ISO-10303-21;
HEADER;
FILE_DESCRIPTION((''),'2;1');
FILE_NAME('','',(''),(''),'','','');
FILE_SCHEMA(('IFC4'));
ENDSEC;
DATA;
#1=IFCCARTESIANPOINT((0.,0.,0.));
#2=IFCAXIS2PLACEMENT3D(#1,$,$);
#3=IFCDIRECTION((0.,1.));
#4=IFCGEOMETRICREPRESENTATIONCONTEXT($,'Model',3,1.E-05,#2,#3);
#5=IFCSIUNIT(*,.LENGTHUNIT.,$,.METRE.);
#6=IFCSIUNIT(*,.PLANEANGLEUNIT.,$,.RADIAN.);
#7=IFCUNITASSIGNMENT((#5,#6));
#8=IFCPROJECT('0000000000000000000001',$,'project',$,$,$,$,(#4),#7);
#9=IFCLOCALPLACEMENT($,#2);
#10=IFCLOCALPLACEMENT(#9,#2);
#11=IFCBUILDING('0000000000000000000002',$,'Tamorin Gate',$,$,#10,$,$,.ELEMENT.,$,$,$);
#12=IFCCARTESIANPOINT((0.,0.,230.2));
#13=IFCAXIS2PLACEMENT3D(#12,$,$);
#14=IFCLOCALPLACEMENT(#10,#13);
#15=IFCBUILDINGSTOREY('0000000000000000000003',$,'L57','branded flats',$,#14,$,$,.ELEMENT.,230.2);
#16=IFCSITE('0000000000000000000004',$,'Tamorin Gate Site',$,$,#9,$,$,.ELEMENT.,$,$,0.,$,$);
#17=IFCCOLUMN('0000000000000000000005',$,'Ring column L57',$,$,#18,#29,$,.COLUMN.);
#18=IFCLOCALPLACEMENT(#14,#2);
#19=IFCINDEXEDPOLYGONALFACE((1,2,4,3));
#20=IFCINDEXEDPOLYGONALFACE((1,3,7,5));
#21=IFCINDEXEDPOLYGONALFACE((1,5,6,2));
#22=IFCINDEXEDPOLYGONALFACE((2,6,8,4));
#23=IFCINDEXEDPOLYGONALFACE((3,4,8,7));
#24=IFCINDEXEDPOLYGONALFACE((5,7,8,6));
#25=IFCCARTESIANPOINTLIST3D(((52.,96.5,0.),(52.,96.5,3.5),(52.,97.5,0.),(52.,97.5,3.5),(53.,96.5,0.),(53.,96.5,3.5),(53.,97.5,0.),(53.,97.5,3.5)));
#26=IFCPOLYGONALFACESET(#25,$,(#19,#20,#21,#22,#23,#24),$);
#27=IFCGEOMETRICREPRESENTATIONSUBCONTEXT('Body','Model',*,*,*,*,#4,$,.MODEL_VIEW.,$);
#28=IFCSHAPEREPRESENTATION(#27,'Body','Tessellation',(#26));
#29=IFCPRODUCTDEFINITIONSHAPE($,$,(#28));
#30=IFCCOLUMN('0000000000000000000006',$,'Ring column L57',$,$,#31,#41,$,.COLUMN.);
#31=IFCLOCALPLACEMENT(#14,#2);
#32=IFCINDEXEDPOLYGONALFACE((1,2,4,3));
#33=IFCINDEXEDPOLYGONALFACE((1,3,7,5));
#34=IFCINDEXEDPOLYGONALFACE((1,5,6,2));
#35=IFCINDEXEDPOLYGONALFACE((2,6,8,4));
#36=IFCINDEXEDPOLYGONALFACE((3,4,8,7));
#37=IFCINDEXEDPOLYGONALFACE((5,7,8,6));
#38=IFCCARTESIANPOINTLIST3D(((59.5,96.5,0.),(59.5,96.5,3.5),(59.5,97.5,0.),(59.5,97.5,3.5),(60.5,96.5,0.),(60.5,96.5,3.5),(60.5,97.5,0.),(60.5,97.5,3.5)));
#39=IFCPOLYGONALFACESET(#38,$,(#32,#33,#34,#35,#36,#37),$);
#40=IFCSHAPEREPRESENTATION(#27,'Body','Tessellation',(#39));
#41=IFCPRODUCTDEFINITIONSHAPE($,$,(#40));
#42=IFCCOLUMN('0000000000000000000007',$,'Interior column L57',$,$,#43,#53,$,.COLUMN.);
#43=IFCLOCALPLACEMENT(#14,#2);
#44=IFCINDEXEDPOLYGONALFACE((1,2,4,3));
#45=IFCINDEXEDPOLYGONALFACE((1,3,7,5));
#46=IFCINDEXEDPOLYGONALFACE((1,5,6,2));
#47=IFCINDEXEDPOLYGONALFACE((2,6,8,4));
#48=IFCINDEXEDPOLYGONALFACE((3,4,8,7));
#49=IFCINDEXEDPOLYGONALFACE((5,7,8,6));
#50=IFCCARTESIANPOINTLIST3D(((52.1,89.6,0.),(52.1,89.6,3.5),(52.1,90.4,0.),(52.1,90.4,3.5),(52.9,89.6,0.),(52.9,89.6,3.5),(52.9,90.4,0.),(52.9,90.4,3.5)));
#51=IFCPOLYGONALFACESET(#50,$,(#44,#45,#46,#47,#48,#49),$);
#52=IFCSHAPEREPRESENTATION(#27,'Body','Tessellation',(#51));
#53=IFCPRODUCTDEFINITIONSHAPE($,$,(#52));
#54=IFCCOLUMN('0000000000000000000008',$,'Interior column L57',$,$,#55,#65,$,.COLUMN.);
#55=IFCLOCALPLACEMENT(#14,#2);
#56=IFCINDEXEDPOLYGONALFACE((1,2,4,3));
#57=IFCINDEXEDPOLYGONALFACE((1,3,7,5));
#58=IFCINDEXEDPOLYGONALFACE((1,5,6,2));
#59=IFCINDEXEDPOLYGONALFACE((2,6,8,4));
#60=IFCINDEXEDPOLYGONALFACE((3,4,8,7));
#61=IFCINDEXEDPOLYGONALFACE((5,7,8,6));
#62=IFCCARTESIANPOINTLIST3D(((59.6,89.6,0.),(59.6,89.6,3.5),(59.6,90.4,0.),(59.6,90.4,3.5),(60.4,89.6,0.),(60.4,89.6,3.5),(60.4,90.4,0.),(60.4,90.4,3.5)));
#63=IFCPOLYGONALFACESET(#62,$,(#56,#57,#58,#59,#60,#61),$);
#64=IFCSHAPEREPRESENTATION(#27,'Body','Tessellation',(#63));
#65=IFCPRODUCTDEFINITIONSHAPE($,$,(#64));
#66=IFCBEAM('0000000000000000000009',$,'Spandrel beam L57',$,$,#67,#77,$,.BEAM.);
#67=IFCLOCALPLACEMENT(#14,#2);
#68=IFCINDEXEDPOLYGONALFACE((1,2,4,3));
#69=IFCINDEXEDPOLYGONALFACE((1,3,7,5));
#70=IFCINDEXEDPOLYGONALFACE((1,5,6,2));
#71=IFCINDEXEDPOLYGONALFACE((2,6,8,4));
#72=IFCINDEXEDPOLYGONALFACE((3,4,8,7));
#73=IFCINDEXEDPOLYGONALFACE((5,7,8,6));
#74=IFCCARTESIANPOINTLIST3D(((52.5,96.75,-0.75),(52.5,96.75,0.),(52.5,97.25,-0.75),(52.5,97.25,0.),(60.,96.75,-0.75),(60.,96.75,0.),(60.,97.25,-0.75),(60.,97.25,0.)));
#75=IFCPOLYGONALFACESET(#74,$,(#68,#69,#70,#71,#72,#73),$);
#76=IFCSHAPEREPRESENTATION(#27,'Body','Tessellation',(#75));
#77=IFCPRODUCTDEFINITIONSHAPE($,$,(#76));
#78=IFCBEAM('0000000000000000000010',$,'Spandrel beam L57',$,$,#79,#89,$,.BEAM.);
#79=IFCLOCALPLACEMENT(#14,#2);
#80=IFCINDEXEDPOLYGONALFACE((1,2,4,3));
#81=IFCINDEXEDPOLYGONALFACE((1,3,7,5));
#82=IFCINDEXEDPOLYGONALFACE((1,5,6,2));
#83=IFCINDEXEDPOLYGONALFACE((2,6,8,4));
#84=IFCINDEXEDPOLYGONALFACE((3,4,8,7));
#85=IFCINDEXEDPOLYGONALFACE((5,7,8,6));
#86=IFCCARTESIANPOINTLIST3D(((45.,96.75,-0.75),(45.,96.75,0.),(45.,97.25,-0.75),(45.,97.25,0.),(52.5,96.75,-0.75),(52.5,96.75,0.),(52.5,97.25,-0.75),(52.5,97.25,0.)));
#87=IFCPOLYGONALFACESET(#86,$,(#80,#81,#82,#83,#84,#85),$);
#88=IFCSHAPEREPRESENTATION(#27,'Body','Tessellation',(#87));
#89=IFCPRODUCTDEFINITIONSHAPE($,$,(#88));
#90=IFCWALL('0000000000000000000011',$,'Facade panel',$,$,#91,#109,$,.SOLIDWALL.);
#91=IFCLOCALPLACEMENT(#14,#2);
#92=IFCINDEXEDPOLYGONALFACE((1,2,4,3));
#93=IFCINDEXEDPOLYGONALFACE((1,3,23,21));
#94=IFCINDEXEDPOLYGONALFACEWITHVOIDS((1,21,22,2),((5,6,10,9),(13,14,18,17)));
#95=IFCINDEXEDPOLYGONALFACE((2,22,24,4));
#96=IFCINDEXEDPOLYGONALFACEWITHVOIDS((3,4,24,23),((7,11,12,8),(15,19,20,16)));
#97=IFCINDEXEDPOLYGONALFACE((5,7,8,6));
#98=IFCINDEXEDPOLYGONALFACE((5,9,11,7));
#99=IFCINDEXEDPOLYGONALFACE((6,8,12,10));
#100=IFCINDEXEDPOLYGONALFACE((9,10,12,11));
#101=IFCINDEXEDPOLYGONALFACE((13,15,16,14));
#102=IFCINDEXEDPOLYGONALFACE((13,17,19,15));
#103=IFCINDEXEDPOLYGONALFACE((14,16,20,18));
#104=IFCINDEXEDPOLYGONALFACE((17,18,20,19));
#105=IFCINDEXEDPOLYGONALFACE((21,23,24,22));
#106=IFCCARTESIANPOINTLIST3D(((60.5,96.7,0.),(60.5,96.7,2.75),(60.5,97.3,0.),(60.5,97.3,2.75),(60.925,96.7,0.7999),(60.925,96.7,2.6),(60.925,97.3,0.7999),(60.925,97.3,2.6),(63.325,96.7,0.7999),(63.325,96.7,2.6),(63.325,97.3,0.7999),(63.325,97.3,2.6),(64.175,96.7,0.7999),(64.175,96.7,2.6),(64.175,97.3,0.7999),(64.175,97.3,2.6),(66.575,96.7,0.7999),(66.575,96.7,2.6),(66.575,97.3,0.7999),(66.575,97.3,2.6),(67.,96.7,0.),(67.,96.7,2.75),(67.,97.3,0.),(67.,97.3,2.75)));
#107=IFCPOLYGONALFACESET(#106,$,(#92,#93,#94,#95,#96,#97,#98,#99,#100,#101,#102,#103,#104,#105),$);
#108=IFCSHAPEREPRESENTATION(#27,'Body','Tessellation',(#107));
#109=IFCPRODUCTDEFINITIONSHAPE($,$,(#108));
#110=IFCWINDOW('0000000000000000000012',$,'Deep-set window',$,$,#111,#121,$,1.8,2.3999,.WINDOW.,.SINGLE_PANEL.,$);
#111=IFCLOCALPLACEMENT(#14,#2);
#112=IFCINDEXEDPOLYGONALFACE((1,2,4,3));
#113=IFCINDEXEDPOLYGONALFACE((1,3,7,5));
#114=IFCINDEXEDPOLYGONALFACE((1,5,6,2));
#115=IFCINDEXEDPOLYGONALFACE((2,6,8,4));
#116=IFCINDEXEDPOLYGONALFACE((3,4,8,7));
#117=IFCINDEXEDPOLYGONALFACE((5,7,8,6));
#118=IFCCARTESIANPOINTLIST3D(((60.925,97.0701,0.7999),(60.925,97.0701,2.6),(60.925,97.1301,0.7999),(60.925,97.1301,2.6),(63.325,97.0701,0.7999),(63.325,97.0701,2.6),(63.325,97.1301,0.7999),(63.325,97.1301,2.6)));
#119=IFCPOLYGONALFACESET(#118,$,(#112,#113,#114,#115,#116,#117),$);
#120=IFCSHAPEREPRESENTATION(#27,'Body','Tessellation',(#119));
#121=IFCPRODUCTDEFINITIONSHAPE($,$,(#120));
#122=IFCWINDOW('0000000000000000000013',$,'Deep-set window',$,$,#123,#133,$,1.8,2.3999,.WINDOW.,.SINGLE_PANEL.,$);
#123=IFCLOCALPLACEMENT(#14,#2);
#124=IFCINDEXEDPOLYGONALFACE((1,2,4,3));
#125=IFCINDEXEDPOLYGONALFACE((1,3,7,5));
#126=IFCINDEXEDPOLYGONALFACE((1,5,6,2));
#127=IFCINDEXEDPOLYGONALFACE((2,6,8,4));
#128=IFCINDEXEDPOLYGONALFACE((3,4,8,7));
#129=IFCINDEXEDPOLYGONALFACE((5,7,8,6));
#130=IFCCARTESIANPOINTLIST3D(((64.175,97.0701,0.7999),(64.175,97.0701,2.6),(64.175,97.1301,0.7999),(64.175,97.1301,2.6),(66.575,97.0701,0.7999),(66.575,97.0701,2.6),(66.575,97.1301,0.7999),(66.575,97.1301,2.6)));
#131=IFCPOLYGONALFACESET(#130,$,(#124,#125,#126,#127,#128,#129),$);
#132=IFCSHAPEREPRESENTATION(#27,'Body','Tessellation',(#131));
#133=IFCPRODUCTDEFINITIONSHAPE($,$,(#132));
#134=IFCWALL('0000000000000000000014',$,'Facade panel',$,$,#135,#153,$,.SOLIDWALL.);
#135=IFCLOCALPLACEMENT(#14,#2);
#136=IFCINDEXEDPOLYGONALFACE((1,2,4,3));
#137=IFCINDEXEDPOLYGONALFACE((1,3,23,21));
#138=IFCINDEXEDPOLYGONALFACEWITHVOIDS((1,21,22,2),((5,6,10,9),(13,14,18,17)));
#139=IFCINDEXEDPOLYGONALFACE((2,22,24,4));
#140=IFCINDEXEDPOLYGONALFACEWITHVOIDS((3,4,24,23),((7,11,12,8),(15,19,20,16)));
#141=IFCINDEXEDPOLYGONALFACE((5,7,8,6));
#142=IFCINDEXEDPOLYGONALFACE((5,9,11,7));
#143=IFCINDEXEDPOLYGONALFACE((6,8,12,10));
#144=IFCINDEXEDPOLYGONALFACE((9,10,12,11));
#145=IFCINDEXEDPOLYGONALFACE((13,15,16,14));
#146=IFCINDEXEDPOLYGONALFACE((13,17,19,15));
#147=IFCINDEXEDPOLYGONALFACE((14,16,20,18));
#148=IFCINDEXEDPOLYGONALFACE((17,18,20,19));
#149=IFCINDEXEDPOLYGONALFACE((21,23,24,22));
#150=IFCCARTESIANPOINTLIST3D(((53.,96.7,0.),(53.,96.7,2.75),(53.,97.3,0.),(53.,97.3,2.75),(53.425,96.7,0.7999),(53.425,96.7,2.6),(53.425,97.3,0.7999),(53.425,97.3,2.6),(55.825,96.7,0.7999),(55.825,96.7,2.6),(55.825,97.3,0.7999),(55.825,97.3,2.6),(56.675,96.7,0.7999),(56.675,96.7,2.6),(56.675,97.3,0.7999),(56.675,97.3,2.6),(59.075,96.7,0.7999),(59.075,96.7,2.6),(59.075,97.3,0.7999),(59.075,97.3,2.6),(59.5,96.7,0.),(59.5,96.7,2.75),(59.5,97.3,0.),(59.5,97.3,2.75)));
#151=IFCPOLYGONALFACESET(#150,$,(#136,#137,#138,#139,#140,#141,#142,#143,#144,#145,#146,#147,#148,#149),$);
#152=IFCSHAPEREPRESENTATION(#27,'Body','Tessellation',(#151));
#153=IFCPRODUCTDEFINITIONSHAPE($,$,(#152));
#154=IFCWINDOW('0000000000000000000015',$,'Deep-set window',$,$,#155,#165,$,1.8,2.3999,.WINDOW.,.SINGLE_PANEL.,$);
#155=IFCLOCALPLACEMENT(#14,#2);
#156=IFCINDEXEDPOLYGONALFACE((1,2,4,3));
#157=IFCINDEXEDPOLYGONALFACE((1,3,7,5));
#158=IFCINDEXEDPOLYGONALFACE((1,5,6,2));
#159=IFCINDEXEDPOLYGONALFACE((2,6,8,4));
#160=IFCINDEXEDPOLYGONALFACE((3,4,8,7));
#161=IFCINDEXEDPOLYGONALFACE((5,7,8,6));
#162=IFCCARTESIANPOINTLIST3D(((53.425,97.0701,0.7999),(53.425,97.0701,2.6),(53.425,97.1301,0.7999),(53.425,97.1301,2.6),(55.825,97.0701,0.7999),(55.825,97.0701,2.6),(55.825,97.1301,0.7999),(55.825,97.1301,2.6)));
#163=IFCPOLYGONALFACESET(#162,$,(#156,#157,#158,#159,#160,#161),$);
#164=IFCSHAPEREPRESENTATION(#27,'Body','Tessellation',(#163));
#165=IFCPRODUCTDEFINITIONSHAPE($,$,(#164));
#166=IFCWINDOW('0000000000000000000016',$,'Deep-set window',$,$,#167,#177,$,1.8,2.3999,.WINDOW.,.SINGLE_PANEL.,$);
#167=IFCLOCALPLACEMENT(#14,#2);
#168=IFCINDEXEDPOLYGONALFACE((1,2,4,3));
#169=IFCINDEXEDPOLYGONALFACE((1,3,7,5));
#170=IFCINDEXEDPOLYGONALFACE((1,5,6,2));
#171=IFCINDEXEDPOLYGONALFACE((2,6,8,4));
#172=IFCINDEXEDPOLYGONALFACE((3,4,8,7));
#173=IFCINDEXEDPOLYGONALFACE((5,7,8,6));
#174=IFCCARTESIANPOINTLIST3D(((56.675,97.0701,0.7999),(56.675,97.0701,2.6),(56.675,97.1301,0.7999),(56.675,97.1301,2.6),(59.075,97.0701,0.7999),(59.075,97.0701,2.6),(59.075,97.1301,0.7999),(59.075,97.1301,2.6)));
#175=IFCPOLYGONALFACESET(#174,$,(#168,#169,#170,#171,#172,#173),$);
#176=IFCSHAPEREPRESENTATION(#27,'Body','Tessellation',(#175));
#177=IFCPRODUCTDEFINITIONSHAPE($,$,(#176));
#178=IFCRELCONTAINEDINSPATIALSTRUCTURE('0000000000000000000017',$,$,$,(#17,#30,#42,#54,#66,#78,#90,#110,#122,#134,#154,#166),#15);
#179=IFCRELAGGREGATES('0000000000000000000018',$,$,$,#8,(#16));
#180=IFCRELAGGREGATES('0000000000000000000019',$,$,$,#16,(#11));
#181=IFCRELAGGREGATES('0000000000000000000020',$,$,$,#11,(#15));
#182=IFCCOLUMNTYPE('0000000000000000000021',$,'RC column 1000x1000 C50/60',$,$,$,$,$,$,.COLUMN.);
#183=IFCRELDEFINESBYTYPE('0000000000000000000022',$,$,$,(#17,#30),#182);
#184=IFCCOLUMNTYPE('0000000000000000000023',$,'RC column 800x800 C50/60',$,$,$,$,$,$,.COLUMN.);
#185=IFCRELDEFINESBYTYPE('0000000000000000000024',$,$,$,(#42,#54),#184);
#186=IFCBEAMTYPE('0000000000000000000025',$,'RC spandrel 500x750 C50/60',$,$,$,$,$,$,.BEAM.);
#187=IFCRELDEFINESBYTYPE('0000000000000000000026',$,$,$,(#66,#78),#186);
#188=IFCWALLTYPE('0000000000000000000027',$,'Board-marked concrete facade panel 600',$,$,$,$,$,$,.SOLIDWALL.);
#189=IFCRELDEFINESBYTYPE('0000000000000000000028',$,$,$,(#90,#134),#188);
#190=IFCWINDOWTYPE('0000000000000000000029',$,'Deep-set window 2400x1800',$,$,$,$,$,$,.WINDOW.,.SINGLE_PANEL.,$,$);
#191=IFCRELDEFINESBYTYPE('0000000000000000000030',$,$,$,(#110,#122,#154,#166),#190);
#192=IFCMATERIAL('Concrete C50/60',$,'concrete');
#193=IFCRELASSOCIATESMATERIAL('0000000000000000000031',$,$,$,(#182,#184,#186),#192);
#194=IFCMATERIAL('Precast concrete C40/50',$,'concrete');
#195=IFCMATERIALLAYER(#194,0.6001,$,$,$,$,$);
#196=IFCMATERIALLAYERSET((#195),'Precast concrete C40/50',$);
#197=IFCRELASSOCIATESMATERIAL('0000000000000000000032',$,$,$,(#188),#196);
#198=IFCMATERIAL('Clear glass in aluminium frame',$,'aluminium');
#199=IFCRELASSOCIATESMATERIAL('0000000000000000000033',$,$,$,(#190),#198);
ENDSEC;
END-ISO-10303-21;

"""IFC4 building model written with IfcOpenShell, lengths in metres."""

from ifc_helpers import new_model, si_unit, direction, frame, frame_2d, origin, origin_2d, place, context, subcontext, project, spatial, rectangle, extrude, material, layer, layer_set, material_profile, profile_set, type_object, element, fill, save


model = new_model("IFC4")

# Units and contexts
model_context = context("Model", 3, precision=1e-05, world=origin(), true_north=direction((0.0, 1.0)))
body_context = subcontext(model_context, "Body", "Model", "MODEL_VIEW")
ifc_project = project(units=[si_unit("LENGTHUNIT", "METRE"), si_unit("PLANEANGLEUNIT", "RADIAN")], contexts=[model_context])

# Site, building, storey
site_placement = place(None, origin())
site = spatial("IfcSite", under=ifc_project, at=site_placement, Name="Tamorin Gate Site", CompositionType="ELEMENT", RefElevation=0.0)
building_placement = place(site_placement, origin())
building = spatial("IfcBuilding", under=site, at=building_placement, Name="Tamorin Gate", CompositionType="ELEMENT")
storey_placement = place(building_placement, frame((0.0, 0.0, 230.2)))
storey = spatial("IfcBuildingStorey", under=building, at=storey_placement, Name="L57", Description="branded flats", CompositionType="ELEMENT", Elevation=230.2)

# Columns
ifc_material_1 = material(Name="Concrete C50/60", Category="concrete")
ifc_material_profile_1 = material_profile(ifc_material_1, rectangle(XDim=1.0, YDim=1.0, at=origin_2d()), Name="RC 1000x1000")
ifc_profile_set_1 = profile_set([ifc_material_profile_1], Name="Concrete C50/60")
column_type_1 = type_object("IfcColumnType", Name="RC column 1000x1000 C50/60", PredefinedType="COLUMN", material=ifc_profile_set_1)
for number, where, z_axis, x_axis, name in (
    (1, (52.5, 97.0, 0.0), (0.0, 0.0, 1.0), (1.0, 0.0, 0.0), "Ring column L57"),
    (2, (60.0, 97.0, 0.0), (0.0, 0.0, 1.0), (1.0, 0.0, 0.0), "Ring column L57"),
):
    element("IfcColumn", number, at=place(storey_placement, frame(where, z_axis=z_axis, x_axis=x_axis)), inside=storey, type_object=column_type_1, Name=name, PredefinedType="COLUMN", context=body_context, shape_type="SweptSolid", body=[
        extrude(rectangle(XDim=1.0, YDim=1.0, at=origin_2d()), origin(), (0.0, 0.0, 1.0), 3.5),
    ])
ifc_material_profile_2 = material_profile(ifc_material_1, rectangle(XDim=0.8, YDim=0.8, at=origin_2d()), Name="RC 800x800")
ifc_profile_set_2 = profile_set([ifc_material_profile_2], Name="Concrete C50/60")
column_type_2 = type_object("IfcColumnType", Name="RC column 800x800 C50/60", PredefinedType="COLUMN", material=ifc_profile_set_2)
for number, where, z_axis, x_axis, name in (
    (3, (52.5, 90.0, 0.0), (0.0, 0.0, 1.0), (1.0, 0.0, 0.0), "Interior column L57"),
    (4, (60.0, 90.0, 0.0), (0.0, 0.0, 1.0), (1.0, 0.0, 0.0), "Interior column L57"),
):
    element("IfcColumn", number, at=place(storey_placement, frame(where, z_axis=z_axis, x_axis=x_axis)), inside=storey, type_object=column_type_2, Name=name, PredefinedType="COLUMN", context=body_context, shape_type="SweptSolid", body=[
        extrude(rectangle(XDim=0.8, YDim=0.8, at=origin_2d()), origin(), (0.0, 0.0, 1.0), 3.5),
    ])

# Beams
ifc_material_profile_3 = material_profile(ifc_material_1, rectangle(XDim=0.5, YDim=0.75, at=origin_2d()), Name="RC 500x750")
ifc_profile_set_3 = profile_set([ifc_material_profile_3], Name="Concrete C50/60")
beam_type = type_object("IfcBeamType", Name="RC spandrel 500x750 C50/60", PredefinedType="BEAM", material=ifc_profile_set_3)
for number, where, z_axis, x_axis, name in (
    (5, (60.0, 97.0, -0.375), (-1.0, 0.0, 0.0), (0.0, -1.0, 0.0), "Spandrel beam L57"),
    (6, (52.5, 97.0, -0.375), (-1.0, 0.0, 0.0), (0.0, -1.0, 0.0), "Spandrel beam L57"),
):
    element("IfcBeam", number, at=place(storey_placement, frame(where, z_axis=z_axis, x_axis=x_axis)), inside=storey, type_object=beam_type, Name=name, PredefinedType="BEAM", context=body_context, shape_type="SweptSolid", body=[
        extrude(rectangle(XDim=0.5, YDim=0.75, at=origin_2d()), origin(), (0.0, 0.0, 1.0), 7.5),
    ])

# Walls, openings, windows
ifc_material_2 = material(Name="Precast concrete C40/50", Category="concrete")
ifc_layer_1 = layer(ifc_material_2, 0.6001)
ifc_layer_set_1 = layer_set([ifc_layer_1], Name="Precast concrete C40/50")
wall_type_1 = type_object("IfcWallType", Name="Board-marked concrete facade panel 600", PredefinedType="SOLIDWALL", material=ifc_layer_set_1)
wall_1_placement = place(storey_placement, frame((67.0, 97.0, 0.0), z_axis=(0.0, 0.0, 1.0), x_axis=(-1.0, 0.0, 0.0)))
wall_1 = element("IfcWall", 7, at=wall_1_placement, inside=storey, type_object=wall_type_1, Name="Facade panel", PredefinedType="SOLIDWALL", context=body_context, shape_type="SweptSolid", body=[
    extrude(rectangle(XDim=6.5, YDim=0.6001, at=frame_2d((3.25, 0.0))), origin(), (0.0, 0.0, 1.0), 2.75),
])
opening_1_placement = place(wall_1_placement, frame((3.675, 0.0, 0.8)))
opening_1 = element("IfcOpeningElement", 8, at=opening_1_placement, cuts=wall_1, PredefinedType="OPENING", context=body_context, shape_type="SweptSolid", body=[
    extrude(rectangle(XDim=2.3999, YDim=1.8, at=frame_2d((1.2, 0.8999))), frame((0.0, 0.3101, 0.0), z_axis=(0.0, -1.0, 0.0), x_axis=(1.0, 0.0, 0.0)), (0.0, 0.0, 1.0), 0.6201),
])
opening_2_placement = place(wall_1_placement, frame((0.425, 0.0, 0.8)))
opening_2 = element("IfcOpeningElement", 9, at=opening_2_placement, cuts=wall_1, PredefinedType="OPENING", context=body_context, shape_type="SweptSolid", body=[
    extrude(rectangle(XDim=2.3999, YDim=1.8, at=frame_2d((1.2, 0.8999))), frame((0.0, 0.3101, 0.0), z_axis=(0.0, -1.0, 0.0), x_axis=(1.0, 0.0, 0.0)), (0.0, 0.0, 1.0), 0.6201),
])
ifc_material_3 = material(Name="Clear glass in aluminium frame", Category="aluminium")
window_type = type_object("IfcWindowType", Name="Deep-set window 2400x1800", PartitioningType="SINGLE_PANEL", PredefinedType="WINDOW", material=ifc_material_3)
window_1_placement = place(opening_1_placement, origin())
window_1 = element("IfcWindow", 10, at=window_1_placement, inside=storey, type_object=window_type, Name="Deep-set window", OverallHeight=1.8, OverallWidth=2.3999, PartitioningType="SINGLE_PANEL", PredefinedType="WINDOW", context=body_context, shape_type="SweptSolid", body=[
    extrude(rectangle(XDim=2.3999, YDim=1.8, at=frame_2d((1.2, 0.8999))), frame((0.0, -0.0701, 0.0), z_axis=(0.0, -1.0, 0.0), x_axis=(1.0, 0.0, 0.0)), (0.0, 0.0, 1.0), 0.0601),
])
fill(opening_1, window_1)
window_2_placement = place(opening_2_placement, origin())
window_2 = element("IfcWindow", 11, at=window_2_placement, inside=storey, type_object=window_type, Name="Deep-set window", OverallHeight=1.8, OverallWidth=2.3999, PartitioningType="SINGLE_PANEL", PredefinedType="WINDOW", context=body_context, shape_type="SweptSolid", body=[
    extrude(rectangle(XDim=2.3999, YDim=1.8, at=frame_2d((1.2, 0.8999))), frame((0.0, -0.0701, 0.0), z_axis=(0.0, -1.0, 0.0), x_axis=(1.0, 0.0, 0.0)), (0.0, 0.0, 1.0), 0.0601),
])
fill(opening_2, window_2)
wall_2_placement = place(storey_placement, frame((59.5, 97.0, 0.0), z_axis=(0.0, 0.0, 1.0), x_axis=(-1.0, 0.0, 0.0)))
wall_2 = element("IfcWall", 12, at=wall_2_placement, inside=storey, type_object=wall_type_1, Name="Facade panel", PredefinedType="SOLIDWALL", context=body_context, shape_type="SweptSolid", body=[
    extrude(rectangle(XDim=6.5, YDim=0.6001, at=frame_2d((3.25, 0.0))), origin(), (0.0, 0.0, 1.0), 2.75),
])
opening_3_placement = place(wall_2_placement, frame((3.675, 0.0, 0.8)))
opening_3 = element("IfcOpeningElement", 13, at=opening_3_placement, cuts=wall_2, PredefinedType="OPENING", context=body_context, shape_type="SweptSolid", body=[
    extrude(rectangle(XDim=2.3999, YDim=1.8, at=frame_2d((1.2, 0.8999))), frame((0.0, 0.3101, 0.0), z_axis=(0.0, -1.0, 0.0), x_axis=(1.0, 0.0, 0.0)), (0.0, 0.0, 1.0), 0.6201),
])
opening_4_placement = place(wall_2_placement, frame((0.425, 0.0, 0.8)))
opening_4 = element("IfcOpeningElement", 14, at=opening_4_placement, cuts=wall_2, PredefinedType="OPENING", context=body_context, shape_type="SweptSolid", body=[
    extrude(rectangle(XDim=2.3999, YDim=1.8, at=frame_2d((1.2, 0.8999))), frame((0.0, 0.3101, 0.0), z_axis=(0.0, -1.0, 0.0), x_axis=(1.0, 0.0, 0.0)), (0.0, 0.0, 1.0), 0.6201),
])
window_3_placement = place(opening_3_placement, origin())
window_3 = element("IfcWindow", 15, at=window_3_placement, inside=storey, type_object=window_type, Name="Deep-set window", OverallHeight=1.8, OverallWidth=2.3999, PartitioningType="SINGLE_PANEL", PredefinedType="WINDOW", context=body_context, shape_type="SweptSolid", body=[
    extrude(rectangle(XDim=2.3999, YDim=1.8, at=frame_2d((1.2, 0.8999))), frame((0.0, -0.0701, 0.0), z_axis=(0.0, -1.0, 0.0), x_axis=(1.0, 0.0, 0.0)), (0.0, 0.0, 1.0), 0.0601),
])
fill(opening_3, window_3)
window_4_placement = place(opening_4_placement, origin())
window_4 = element("IfcWindow", 16, at=window_4_placement, inside=storey, type_object=window_type, Name="Deep-set window", OverallHeight=1.8, OverallWidth=2.3999, PartitioningType="SINGLE_PANEL", PredefinedType="WINDOW", context=body_context, shape_type="SweptSolid", body=[
    extrude(rectangle(XDim=2.3999, YDim=1.8, at=frame_2d((1.2, 0.8999))), frame((0.0, -0.0701, 0.0), z_axis=(0.0, -1.0, 0.0), x_axis=(1.0, 0.0, 0.0)), (0.0, 0.0, 1.0), 0.0601),
])
fill(opening_4, window_4)

save(model, "model.ifc")
